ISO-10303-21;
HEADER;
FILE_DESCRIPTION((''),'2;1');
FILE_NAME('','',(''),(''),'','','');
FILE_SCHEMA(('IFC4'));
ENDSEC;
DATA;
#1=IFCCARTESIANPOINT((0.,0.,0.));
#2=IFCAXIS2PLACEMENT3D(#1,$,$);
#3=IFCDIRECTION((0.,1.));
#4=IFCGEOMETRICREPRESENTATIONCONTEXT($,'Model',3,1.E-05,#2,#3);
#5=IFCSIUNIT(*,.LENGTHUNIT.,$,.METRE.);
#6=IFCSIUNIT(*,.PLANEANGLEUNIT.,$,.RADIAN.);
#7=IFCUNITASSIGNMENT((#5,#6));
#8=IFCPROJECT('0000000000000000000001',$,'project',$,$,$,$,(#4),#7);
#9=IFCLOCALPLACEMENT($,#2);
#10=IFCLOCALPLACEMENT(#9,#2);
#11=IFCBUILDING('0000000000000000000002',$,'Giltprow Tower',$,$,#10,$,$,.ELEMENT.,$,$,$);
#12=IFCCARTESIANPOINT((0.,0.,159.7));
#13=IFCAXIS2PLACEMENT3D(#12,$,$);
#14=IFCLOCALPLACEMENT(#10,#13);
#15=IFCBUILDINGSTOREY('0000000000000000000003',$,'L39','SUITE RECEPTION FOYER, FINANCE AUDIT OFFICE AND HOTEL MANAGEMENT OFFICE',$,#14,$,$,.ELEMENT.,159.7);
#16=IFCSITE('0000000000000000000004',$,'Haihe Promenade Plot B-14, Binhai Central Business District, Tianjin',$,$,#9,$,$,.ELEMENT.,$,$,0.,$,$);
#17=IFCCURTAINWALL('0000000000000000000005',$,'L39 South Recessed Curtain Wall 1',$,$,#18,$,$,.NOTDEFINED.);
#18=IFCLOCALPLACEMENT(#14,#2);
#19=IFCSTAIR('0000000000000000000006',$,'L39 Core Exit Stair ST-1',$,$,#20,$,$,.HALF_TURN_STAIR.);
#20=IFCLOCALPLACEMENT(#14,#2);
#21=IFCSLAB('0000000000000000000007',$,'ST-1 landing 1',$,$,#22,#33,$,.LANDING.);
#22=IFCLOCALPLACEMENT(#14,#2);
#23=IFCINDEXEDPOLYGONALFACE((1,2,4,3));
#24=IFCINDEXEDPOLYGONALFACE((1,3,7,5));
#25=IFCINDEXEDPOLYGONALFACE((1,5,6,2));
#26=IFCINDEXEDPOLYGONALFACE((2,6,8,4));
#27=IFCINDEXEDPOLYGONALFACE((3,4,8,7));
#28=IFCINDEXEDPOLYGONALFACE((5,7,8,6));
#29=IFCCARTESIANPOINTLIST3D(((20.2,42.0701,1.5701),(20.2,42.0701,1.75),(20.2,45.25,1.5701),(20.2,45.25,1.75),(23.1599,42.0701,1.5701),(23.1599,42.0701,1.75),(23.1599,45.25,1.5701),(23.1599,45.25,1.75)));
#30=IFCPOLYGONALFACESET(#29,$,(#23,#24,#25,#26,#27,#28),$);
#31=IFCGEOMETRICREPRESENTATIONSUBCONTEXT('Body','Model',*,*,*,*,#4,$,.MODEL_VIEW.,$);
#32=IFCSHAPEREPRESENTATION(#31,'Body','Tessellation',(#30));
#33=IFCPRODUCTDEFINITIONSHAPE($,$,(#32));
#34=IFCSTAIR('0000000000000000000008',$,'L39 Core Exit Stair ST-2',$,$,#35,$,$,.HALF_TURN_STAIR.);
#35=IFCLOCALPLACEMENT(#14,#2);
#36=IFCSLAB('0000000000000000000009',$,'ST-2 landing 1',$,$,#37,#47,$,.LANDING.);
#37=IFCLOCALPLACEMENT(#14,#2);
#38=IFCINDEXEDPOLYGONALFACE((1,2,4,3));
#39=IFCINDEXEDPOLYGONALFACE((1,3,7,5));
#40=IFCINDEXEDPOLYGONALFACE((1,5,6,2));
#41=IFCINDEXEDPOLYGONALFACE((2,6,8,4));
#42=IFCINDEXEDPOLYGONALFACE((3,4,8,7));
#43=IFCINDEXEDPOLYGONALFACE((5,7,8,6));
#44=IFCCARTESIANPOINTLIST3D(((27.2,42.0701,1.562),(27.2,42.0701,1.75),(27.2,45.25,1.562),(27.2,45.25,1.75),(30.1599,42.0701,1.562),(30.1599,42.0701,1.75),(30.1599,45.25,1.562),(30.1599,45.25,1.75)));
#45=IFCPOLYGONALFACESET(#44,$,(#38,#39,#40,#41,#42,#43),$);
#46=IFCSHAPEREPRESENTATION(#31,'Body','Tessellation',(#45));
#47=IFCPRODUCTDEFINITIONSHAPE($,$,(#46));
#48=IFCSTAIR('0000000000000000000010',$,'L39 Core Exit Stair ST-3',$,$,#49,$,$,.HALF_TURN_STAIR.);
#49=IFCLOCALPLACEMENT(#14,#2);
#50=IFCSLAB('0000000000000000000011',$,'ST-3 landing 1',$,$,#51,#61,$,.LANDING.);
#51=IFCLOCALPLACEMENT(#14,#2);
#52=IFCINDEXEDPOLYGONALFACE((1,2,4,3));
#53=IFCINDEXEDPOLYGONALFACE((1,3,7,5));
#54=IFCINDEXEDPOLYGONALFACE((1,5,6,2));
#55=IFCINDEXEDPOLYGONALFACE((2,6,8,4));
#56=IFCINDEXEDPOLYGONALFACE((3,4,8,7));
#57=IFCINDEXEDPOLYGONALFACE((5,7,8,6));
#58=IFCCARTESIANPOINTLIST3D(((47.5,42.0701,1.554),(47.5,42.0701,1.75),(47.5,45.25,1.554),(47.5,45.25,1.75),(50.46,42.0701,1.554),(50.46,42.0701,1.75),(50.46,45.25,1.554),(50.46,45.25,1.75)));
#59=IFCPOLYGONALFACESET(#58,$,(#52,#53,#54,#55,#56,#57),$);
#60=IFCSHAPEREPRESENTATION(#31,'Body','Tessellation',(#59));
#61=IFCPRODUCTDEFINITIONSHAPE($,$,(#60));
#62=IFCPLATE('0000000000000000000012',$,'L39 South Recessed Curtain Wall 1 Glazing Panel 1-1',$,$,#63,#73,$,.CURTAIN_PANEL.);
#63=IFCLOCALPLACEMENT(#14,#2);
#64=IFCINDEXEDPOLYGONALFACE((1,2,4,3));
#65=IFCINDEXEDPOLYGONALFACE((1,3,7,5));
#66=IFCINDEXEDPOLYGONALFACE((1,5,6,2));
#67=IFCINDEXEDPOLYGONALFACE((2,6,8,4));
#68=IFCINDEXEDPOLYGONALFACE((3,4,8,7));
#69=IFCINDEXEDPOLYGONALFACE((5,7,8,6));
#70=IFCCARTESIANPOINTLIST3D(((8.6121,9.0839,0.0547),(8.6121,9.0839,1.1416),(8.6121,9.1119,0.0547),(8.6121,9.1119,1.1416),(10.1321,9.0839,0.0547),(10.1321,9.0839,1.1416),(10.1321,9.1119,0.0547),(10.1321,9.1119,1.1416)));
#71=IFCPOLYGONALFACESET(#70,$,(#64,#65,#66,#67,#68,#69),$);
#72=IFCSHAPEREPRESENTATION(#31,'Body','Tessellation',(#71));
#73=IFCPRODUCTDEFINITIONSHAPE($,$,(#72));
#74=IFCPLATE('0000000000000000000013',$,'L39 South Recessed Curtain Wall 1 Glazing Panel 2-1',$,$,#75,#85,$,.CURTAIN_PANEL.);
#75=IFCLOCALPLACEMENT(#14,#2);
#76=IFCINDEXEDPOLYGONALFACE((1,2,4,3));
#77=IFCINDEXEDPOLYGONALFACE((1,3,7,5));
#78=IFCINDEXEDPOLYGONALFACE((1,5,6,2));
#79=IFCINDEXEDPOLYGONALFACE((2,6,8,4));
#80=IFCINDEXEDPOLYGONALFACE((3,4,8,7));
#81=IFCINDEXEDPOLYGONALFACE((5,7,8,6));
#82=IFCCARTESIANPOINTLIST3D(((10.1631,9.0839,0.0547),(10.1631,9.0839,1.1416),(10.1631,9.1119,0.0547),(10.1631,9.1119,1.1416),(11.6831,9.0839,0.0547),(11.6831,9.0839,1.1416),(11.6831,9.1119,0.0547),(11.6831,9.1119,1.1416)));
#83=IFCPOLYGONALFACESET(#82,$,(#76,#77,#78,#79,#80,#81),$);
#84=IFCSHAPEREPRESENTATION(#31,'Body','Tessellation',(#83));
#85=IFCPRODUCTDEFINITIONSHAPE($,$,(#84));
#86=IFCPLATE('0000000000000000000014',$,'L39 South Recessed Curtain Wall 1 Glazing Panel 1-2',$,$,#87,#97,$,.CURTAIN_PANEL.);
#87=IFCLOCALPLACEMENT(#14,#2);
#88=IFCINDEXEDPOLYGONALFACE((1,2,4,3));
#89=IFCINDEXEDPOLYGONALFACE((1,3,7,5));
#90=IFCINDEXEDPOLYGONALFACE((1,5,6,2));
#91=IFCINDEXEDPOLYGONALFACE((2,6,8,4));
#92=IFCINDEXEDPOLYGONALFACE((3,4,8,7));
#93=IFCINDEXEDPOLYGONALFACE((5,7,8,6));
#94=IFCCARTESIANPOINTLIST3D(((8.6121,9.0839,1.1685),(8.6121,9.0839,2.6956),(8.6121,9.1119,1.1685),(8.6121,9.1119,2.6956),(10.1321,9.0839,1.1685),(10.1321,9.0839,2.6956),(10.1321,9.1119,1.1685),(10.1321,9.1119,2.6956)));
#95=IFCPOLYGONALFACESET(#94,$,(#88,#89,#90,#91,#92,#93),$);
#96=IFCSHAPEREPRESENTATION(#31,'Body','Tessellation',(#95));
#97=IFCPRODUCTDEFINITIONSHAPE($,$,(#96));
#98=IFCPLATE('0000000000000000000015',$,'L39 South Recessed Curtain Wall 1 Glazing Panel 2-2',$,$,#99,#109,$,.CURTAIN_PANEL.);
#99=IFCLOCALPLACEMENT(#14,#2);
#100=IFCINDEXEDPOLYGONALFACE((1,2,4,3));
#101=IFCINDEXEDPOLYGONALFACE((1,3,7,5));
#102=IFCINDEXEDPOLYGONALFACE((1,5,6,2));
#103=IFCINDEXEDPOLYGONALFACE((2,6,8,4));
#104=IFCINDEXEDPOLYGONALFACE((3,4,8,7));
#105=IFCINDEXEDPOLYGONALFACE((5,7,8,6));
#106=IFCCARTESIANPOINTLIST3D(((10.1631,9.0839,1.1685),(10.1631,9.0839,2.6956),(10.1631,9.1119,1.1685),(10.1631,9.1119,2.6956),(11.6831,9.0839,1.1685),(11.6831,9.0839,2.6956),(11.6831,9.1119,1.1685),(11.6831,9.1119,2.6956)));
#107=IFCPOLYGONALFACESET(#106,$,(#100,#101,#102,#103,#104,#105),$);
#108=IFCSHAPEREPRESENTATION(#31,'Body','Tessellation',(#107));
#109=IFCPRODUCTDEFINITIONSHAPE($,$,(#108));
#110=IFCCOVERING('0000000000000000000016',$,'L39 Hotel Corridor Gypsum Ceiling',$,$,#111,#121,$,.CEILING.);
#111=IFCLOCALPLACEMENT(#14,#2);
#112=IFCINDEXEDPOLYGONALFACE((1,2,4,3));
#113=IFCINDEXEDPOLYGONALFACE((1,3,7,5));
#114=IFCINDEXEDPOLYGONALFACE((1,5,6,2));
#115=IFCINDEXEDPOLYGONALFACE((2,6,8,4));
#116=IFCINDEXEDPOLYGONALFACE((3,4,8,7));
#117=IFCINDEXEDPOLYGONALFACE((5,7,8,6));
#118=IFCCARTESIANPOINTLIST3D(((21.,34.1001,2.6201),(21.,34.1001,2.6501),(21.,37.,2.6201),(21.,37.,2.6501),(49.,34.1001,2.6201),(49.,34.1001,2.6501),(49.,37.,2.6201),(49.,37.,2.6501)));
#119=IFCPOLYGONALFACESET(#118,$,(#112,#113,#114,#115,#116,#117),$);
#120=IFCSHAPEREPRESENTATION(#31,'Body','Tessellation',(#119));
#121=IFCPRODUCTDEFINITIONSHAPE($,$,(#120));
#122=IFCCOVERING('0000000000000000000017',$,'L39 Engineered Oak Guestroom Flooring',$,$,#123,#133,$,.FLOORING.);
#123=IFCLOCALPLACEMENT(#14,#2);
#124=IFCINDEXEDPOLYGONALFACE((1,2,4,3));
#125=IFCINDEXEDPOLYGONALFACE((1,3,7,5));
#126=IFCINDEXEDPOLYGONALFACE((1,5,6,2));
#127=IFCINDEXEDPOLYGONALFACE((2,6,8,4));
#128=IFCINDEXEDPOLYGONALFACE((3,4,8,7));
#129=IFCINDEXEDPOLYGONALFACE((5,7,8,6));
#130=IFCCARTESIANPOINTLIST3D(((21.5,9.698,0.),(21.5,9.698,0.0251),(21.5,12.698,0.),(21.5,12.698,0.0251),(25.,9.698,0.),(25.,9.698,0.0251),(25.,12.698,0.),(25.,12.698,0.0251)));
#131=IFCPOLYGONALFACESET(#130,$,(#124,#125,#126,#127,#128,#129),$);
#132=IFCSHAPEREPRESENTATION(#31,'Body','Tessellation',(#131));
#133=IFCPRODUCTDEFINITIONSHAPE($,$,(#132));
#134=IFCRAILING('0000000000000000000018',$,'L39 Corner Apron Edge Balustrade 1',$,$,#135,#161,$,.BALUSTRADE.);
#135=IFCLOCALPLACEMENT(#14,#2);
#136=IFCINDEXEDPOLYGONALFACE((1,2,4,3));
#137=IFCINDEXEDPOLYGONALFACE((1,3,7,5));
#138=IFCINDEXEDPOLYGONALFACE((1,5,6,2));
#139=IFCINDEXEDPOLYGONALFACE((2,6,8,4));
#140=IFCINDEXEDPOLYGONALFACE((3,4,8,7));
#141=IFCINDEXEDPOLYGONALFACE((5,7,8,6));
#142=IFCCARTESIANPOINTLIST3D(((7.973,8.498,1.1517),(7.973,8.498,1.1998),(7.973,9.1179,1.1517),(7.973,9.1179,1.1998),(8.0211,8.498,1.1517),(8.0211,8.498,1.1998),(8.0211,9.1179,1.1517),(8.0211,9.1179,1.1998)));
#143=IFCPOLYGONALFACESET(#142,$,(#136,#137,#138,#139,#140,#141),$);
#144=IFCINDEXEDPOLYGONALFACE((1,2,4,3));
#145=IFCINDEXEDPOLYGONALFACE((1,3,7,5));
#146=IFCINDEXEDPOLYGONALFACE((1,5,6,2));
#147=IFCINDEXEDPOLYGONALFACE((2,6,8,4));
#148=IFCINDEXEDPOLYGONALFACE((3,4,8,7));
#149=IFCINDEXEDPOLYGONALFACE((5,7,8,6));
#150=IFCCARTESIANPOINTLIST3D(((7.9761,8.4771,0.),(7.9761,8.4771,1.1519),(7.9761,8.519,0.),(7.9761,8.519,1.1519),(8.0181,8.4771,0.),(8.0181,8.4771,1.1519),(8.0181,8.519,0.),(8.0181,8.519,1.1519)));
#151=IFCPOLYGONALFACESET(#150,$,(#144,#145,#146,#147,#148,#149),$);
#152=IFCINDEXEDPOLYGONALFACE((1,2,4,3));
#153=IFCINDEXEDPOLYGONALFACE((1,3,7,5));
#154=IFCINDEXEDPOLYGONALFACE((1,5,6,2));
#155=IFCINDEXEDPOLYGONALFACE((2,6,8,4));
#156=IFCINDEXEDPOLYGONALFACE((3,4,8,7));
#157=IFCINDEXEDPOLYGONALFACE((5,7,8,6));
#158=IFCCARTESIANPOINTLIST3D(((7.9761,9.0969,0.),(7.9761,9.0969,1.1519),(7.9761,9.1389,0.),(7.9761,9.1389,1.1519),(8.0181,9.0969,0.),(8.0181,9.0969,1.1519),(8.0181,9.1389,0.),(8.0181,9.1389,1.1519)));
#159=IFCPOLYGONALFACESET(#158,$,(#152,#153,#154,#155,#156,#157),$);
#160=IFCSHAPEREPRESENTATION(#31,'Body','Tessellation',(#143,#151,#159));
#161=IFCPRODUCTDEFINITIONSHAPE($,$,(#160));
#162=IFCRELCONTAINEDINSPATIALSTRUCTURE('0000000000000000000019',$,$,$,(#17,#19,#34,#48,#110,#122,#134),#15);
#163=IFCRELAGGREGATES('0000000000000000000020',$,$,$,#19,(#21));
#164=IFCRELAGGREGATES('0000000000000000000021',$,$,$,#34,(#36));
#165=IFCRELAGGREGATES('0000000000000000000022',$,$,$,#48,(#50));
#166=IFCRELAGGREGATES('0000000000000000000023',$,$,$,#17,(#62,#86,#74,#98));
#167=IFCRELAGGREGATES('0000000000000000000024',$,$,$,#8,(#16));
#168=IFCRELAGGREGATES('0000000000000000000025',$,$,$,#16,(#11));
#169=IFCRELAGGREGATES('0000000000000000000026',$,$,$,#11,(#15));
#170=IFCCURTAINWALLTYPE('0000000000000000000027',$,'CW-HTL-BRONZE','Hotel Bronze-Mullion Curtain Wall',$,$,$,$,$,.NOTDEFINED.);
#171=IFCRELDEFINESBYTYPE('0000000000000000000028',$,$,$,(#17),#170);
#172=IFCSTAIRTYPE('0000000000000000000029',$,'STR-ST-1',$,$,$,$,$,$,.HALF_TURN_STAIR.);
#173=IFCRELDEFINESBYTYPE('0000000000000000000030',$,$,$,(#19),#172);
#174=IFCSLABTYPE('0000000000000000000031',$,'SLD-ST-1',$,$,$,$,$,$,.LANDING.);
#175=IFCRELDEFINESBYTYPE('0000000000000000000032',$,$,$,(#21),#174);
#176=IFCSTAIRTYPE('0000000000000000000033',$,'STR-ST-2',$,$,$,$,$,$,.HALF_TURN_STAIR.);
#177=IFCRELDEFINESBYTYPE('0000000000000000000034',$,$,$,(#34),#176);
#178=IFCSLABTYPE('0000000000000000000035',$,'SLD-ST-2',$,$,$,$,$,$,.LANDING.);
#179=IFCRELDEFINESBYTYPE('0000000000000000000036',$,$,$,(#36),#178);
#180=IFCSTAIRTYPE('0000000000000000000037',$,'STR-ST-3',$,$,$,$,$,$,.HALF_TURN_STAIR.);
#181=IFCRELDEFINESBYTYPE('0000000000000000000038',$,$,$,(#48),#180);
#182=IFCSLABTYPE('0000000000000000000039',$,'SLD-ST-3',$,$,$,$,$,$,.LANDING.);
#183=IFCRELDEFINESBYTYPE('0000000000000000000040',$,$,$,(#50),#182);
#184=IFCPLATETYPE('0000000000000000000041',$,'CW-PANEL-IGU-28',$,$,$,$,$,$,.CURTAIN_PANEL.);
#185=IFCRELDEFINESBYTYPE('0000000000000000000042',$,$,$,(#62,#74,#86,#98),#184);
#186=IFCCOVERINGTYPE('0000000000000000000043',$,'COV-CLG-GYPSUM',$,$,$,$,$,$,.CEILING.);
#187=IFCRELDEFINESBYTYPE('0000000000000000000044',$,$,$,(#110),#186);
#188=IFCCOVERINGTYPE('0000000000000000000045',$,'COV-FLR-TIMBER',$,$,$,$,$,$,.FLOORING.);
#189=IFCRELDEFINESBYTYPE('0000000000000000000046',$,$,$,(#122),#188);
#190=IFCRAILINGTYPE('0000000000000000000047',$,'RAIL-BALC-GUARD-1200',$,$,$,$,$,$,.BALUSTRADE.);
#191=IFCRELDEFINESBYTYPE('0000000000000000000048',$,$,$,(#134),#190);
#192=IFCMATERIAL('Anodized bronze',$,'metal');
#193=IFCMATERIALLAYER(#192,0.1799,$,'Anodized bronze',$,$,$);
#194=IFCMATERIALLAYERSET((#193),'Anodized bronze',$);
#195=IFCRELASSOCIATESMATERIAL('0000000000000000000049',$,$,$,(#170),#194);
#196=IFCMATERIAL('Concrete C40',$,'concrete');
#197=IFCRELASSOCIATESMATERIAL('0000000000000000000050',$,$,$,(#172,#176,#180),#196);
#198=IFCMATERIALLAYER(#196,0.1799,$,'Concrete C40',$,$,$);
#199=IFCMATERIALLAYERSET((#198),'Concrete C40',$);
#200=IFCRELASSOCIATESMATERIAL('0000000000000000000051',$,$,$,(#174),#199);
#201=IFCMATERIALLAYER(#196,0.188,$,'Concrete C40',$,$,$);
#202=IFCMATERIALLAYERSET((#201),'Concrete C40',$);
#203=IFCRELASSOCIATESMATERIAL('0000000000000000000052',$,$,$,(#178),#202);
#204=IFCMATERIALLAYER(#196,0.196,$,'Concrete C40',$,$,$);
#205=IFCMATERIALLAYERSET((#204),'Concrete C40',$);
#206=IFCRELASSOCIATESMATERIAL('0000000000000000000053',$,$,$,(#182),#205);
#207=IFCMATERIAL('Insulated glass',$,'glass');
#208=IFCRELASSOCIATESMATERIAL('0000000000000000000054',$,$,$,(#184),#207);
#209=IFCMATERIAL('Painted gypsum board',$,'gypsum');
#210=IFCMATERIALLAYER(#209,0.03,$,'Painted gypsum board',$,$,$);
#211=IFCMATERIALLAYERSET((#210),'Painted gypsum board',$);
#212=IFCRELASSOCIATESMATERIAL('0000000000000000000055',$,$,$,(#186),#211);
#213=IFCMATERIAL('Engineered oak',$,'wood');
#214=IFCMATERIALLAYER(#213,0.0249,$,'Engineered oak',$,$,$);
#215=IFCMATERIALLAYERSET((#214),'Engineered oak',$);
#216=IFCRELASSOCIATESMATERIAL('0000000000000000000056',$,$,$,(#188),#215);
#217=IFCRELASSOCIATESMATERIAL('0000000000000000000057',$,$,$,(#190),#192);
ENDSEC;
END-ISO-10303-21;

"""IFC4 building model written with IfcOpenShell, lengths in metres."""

from ifc_helpers import new_model, si_unit, direction, frame, origin, origin_2d, place, context, subcontext, project, spatial, polyline, rectangle, outline, extrude, source, transform, mapped, material, layer, layer_set, type_object, element, aggregate, save


model = new_model("IFC4")

# Units and contexts
model_context = context("Model", 3, precision=1e-05, world=origin(), true_north=direction((0.0, 1.0)))
body_context = subcontext(model_context, "Body", "Model", "MODEL_VIEW")
ifc_project = project(units=[si_unit("LENGTHUNIT", "METRE"), si_unit("PLANEANGLEUNIT", "RADIAN")], contexts=[model_context])

# Site, building, storey
site_placement = place(None, origin())
site = spatial("IfcSite", under=ifc_project, at=site_placement, Name="Haihe Promenade Plot B-14, Binhai Central Business District, Tianjin", CompositionType="ELEMENT", RefElevation=0.0)
building_placement = place(site_placement, origin())
building = spatial("IfcBuilding", under=site, at=building_placement, Name="Giltprow Tower", CompositionType="ELEMENT")
storey_placement = place(building_placement, frame((0.0, 0.0, 159.7)))
storey = spatial("IfcBuildingStorey", under=building, at=storey_placement, Name="L39", Description="SUITE RECEPTION FOYER, FINANCE AUDIT OFFICE AND HOTEL MANAGEMENT OFFICE", CompositionType="ELEMENT", Elevation=159.7)

# Curtain wall
ifc_material_1 = material(Name="Anodized bronze", Category="metal")
ifc_layer_1 = layer(ifc_material_1, 0.1799, Name="Anodized bronze")
ifc_layer_set_1 = layer_set([ifc_layer_1], Name="Anodized bronze")
curtain_wall_type = type_object("IfcCurtainWallType", Name="CW-HTL-BRONZE", Description="Hotel Bronze-Mullion Curtain Wall", PredefinedType="NOTDEFINED", material=ifc_layer_set_1)
curtain_wall_placement = place(storey_placement, origin())
curtain_wall = element("IfcCurtainWall", 1, at=curtain_wall_placement, inside=storey, type_object=curtain_wall_type, Name="L39 South Recessed Curtain Wall 1", PredefinedType="NOTDEFINED")

# Shared definitions
ifc_material_2 = material(Name="Concrete C40", Category="concrete")

# Stairs, slabs
stair_type_1 = type_object("IfcStairType", Name="STR-ST-1", PredefinedType="HALF_TURN_STAIR", material=ifc_material_2)
stair_1_placement = place(storey_placement, origin())
stair_1 = element("IfcStair", 2, at=stair_1_placement, inside=storey, type_object=stair_type_1, Name="L39 Core Exit Stair ST-1", PredefinedType="HALF_TURN_STAIR")
ifc_layer_2 = layer(ifc_material_2, 0.1799, Name="Concrete C40")
ifc_layer_set_2 = layer_set([ifc_layer_2], Name="Concrete C40")
slab_type_1 = type_object("IfcSlabType", Name="SLD-ST-1", PredefinedType="LANDING", material=ifc_layer_set_2)
slab_1_placement = place(storey_placement, frame((0.0, 0.0, 1.5701)))
slab_1 = element("IfcSlab", 3, at=slab_1_placement, type_object=slab_type_1, Name="ST-1 landing 1", PredefinedType="LANDING", context=body_context, shape_type="SweptSolid", body=[
    extrude(outline(polyline([(23.1599, 42.0701), (23.1599, 45.25), (20.2, 45.25), (20.2, 42.0701), (23.1599, 42.0701)])), origin(), (0.0, 0.0, 1.0), 0.1799),
])
aggregate(stair_1, [slab_1])
stair_type_2 = type_object("IfcStairType", Name="STR-ST-2", PredefinedType="HALF_TURN_STAIR", material=ifc_material_2)
stair_2_placement = place(storey_placement, origin())
stair_2 = element("IfcStair", 4, at=stair_2_placement, inside=storey, type_object=stair_type_2, Name="L39 Core Exit Stair ST-2", PredefinedType="HALF_TURN_STAIR")
ifc_layer_3 = layer(ifc_material_2, 0.188, Name="Concrete C40")
ifc_layer_set_3 = layer_set([ifc_layer_3], Name="Concrete C40")
slab_type_2 = type_object("IfcSlabType", Name="SLD-ST-2", PredefinedType="LANDING", material=ifc_layer_set_3)
slab_2_placement = place(storey_placement, frame((0.0, 0.0, 1.562)))
slab_2 = element("IfcSlab", 5, at=slab_2_placement, type_object=slab_type_2, Name="ST-2 landing 1", PredefinedType="LANDING", context=body_context, shape_type="SweptSolid", body=[
    extrude(outline(polyline([(30.1599, 42.0701), (30.1599, 45.25), (27.2, 45.25), (27.2, 42.0701), (30.1599, 42.0701)])), origin(), (0.0, 0.0, 1.0), 0.188),
])
aggregate(stair_2, [slab_2])
stair_type_3 = type_object("IfcStairType", Name="STR-ST-3", PredefinedType="HALF_TURN_STAIR", material=ifc_material_2)
stair_3_placement = place(storey_placement, origin())
stair_3 = element("IfcStair", 6, at=stair_3_placement, inside=storey, type_object=stair_type_3, Name="L39 Core Exit Stair ST-3", PredefinedType="HALF_TURN_STAIR")
ifc_layer_4 = layer(ifc_material_2, 0.196, Name="Concrete C40")
ifc_layer_set_4 = layer_set([ifc_layer_4], Name="Concrete C40")
slab_type_3 = type_object("IfcSlabType", Name="SLD-ST-3", PredefinedType="LANDING", material=ifc_layer_set_4)
slab_3_placement = place(storey_placement, frame((0.0, 0.0, 1.554)))
slab_3 = element("IfcSlab", 7, at=slab_3_placement, type_object=slab_type_3, Name="ST-3 landing 1", PredefinedType="LANDING", context=body_context, shape_type="SweptSolid", body=[
    extrude(outline(polyline([(50.46, 42.0701), (50.46, 45.25), (47.5, 45.25), (47.5, 42.0701), (50.46, 42.0701)])), origin(), (0.0, 0.0, 1.0), 0.196),
])
aggregate(stair_3, [slab_3])

# Plates
ifc_material_3 = material(Name="Insulated glass", Category="glass")
plate_type = type_object("IfcPlateType", Name="CW-PANEL-IGU-28", PredefinedType="CURTAIN_PANEL", material=ifc_material_3)
shared_shape_1 = source(origin(), body_context, "Body", "SweptSolid", [
    extrude(rectangle(XDim=1.52, YDim=0.0281, at=origin_2d()), origin(), (0.0, 0.0, 1.0), 1.0869),
])
plate_1_placement = place(storey_placement, frame((9.3721, 9.0979, 0.0547), z_axis=(0.0, 0.0, 1.0), x_axis=(1.0, 0.0, 0.0)))
plate_1 = element("IfcPlate", 8, at=plate_1_placement, type_object=plate_type, Name="L39 South Recessed Curtain Wall 1 Glazing Panel 1-1", PredefinedType="CURTAIN_PANEL", context=body_context, shape_type="MappedRepresentation", body=[
    mapped(shared_shape_1, transform((0.0, 0.0, 0.0), x_axis=(1.0, 0.0, 0.0), y_axis=(0.0, 1.0, 0.0), z_axis=(0.0, 0.0, 1.0), scale=1.0)),
])
plate_2_placement = place(storey_placement, frame((10.9231, 9.0979, 0.0547), z_axis=(0.0, 0.0, 1.0), x_axis=(1.0, 0.0, 0.0)))
plate_2 = element("IfcPlate", 9, at=plate_2_placement, type_object=plate_type, Name="L39 South Recessed Curtain Wall 1 Glazing Panel 2-1", PredefinedType="CURTAIN_PANEL", context=body_context, shape_type="MappedRepresentation", body=[
    mapped(shared_shape_1, transform((0.0, 0.0, 0.0), x_axis=(1.0, 0.0, 0.0), y_axis=(0.0, 1.0, 0.0), z_axis=(0.0, 0.0, 1.0), scale=1.0)),
])
shared_shape_2 = source(origin(), body_context, "Body", "SweptSolid", [
    extrude(rectangle(XDim=1.52, YDim=0.0281, at=origin_2d()), origin(), (0.0, 0.0, 1.0), 1.5271),
])
plate_3_placement = place(storey_placement, frame((9.3721, 9.0979, 1.1685), z_axis=(0.0, 0.0, 1.0), x_axis=(1.0, 0.0, 0.0)))
plate_3 = element("IfcPlate", 10, at=plate_3_placement, type_object=plate_type, Name="L39 South Recessed Curtain Wall 1 Glazing Panel 1-2", PredefinedType="CURTAIN_PANEL", context=body_context, shape_type="MappedRepresentation", body=[
    mapped(shared_shape_2, transform((0.0, 0.0, 0.0), x_axis=(1.0, 0.0, 0.0), y_axis=(0.0, 1.0, 0.0), z_axis=(0.0, 0.0, 1.0), scale=1.0)),
])
plate_4_placement = place(storey_placement, frame((10.9231, 9.0979, 1.1685), z_axis=(0.0, 0.0, 1.0), x_axis=(1.0, 0.0, 0.0)))
plate_4 = element("IfcPlate", 11, at=plate_4_placement, type_object=plate_type, Name="L39 South Recessed Curtain Wall 1 Glazing Panel 2-2", PredefinedType="CURTAIN_PANEL", context=body_context, shape_type="MappedRepresentation", body=[
    mapped(shared_shape_2, transform((0.0, 0.0, 0.0), x_axis=(1.0, 0.0, 0.0), y_axis=(0.0, 1.0, 0.0), z_axis=(0.0, 0.0, 1.0), scale=1.0)),
])
aggregate(curtain_wall, [plate_1, plate_3, plate_2, plate_4])

# Coverings
ifc_material_4 = material(Name="Painted gypsum board", Category="gypsum")
ifc_layer_5 = layer(ifc_material_4, 0.03, Name="Painted gypsum board")
ifc_layer_set_5 = layer_set([ifc_layer_5], Name="Painted gypsum board")
covering_type_1 = type_object("IfcCoveringType", Name="COV-CLG-GYPSUM", PredefinedType="CEILING", material=ifc_layer_set_5)
covering_1_placement = place(storey_placement, frame((0.0, 0.0, 2.6201)))
element("IfcCovering", 12, at=covering_1_placement, inside=storey, type_object=covering_type_1, Name="L39 Hotel Corridor Gypsum Ceiling", PredefinedType="CEILING", context=body_context, shape_type="SweptSolid", body=[
    extrude(outline(polyline([(21.0, 34.1001), (49.0, 34.1001), (49.0, 37.0), (21.0, 37.0), (21.0, 34.1001)])), origin(), (0.0, 0.0, 1.0), 0.03),
])
ifc_material_5 = material(Name="Engineered oak", Category="wood")
ifc_layer_6 = layer(ifc_material_5, 0.0249, Name="Engineered oak")
ifc_layer_set_6 = layer_set([ifc_layer_6], Name="Engineered oak")
covering_type_2 = type_object("IfcCoveringType", Name="COV-FLR-TIMBER", PredefinedType="FLOORING", material=ifc_layer_set_6)
covering_2_placement = place(storey_placement, origin())
element("IfcCovering", 13, at=covering_2_placement, inside=storey, type_object=covering_type_2, Name="L39 Engineered Oak Guestroom Flooring", PredefinedType="FLOORING", context=body_context, shape_type="SweptSolid", body=[
    extrude(outline(polyline([(21.5, 9.698), (25.0, 9.698), (25.0, 12.698), (21.5, 12.698), (21.5, 9.698)])), origin(), (0.0, 0.0, 1.0), 0.0251),
])

# Railing
railing_type = type_object("IfcRailingType", Name="RAIL-BALC-GUARD-1200", PredefinedType="BALUSTRADE", material=ifc_material_1)
railing_placement = place(storey_placement, frame((7.9971, 8.498, 0.0)))
element("IfcRailing", 14, at=railing_placement, inside=storey, type_object=railing_type, Name="L39 Corner Apron Edge Balustrade 1", PredefinedType="BALUSTRADE", context=body_context, shape_type="SweptSolid", body=[
    extrude(rectangle(XDim=0.0481, YDim=0.0481, at=origin_2d()), frame((0.0, 0.0, 1.1758), z_axis=(0.0, 1.0, 0.0), x_axis=(-1.0, 0.0, 0.0)), (0.0, 0.0, 1.0), 0.6199),
    extrude(rectangle(XDim=0.042, YDim=0.042, at=origin_2d()), origin(), (0.0, 0.0, 1.0), 1.1519),
    extrude(rectangle(XDim=0.042, YDim=0.042, at=origin_2d()), frame((0.0, 0.6199, 0.0)), (0.0, 0.0, 1.0), 1.1519),
])

save(model, "model.ifc")
